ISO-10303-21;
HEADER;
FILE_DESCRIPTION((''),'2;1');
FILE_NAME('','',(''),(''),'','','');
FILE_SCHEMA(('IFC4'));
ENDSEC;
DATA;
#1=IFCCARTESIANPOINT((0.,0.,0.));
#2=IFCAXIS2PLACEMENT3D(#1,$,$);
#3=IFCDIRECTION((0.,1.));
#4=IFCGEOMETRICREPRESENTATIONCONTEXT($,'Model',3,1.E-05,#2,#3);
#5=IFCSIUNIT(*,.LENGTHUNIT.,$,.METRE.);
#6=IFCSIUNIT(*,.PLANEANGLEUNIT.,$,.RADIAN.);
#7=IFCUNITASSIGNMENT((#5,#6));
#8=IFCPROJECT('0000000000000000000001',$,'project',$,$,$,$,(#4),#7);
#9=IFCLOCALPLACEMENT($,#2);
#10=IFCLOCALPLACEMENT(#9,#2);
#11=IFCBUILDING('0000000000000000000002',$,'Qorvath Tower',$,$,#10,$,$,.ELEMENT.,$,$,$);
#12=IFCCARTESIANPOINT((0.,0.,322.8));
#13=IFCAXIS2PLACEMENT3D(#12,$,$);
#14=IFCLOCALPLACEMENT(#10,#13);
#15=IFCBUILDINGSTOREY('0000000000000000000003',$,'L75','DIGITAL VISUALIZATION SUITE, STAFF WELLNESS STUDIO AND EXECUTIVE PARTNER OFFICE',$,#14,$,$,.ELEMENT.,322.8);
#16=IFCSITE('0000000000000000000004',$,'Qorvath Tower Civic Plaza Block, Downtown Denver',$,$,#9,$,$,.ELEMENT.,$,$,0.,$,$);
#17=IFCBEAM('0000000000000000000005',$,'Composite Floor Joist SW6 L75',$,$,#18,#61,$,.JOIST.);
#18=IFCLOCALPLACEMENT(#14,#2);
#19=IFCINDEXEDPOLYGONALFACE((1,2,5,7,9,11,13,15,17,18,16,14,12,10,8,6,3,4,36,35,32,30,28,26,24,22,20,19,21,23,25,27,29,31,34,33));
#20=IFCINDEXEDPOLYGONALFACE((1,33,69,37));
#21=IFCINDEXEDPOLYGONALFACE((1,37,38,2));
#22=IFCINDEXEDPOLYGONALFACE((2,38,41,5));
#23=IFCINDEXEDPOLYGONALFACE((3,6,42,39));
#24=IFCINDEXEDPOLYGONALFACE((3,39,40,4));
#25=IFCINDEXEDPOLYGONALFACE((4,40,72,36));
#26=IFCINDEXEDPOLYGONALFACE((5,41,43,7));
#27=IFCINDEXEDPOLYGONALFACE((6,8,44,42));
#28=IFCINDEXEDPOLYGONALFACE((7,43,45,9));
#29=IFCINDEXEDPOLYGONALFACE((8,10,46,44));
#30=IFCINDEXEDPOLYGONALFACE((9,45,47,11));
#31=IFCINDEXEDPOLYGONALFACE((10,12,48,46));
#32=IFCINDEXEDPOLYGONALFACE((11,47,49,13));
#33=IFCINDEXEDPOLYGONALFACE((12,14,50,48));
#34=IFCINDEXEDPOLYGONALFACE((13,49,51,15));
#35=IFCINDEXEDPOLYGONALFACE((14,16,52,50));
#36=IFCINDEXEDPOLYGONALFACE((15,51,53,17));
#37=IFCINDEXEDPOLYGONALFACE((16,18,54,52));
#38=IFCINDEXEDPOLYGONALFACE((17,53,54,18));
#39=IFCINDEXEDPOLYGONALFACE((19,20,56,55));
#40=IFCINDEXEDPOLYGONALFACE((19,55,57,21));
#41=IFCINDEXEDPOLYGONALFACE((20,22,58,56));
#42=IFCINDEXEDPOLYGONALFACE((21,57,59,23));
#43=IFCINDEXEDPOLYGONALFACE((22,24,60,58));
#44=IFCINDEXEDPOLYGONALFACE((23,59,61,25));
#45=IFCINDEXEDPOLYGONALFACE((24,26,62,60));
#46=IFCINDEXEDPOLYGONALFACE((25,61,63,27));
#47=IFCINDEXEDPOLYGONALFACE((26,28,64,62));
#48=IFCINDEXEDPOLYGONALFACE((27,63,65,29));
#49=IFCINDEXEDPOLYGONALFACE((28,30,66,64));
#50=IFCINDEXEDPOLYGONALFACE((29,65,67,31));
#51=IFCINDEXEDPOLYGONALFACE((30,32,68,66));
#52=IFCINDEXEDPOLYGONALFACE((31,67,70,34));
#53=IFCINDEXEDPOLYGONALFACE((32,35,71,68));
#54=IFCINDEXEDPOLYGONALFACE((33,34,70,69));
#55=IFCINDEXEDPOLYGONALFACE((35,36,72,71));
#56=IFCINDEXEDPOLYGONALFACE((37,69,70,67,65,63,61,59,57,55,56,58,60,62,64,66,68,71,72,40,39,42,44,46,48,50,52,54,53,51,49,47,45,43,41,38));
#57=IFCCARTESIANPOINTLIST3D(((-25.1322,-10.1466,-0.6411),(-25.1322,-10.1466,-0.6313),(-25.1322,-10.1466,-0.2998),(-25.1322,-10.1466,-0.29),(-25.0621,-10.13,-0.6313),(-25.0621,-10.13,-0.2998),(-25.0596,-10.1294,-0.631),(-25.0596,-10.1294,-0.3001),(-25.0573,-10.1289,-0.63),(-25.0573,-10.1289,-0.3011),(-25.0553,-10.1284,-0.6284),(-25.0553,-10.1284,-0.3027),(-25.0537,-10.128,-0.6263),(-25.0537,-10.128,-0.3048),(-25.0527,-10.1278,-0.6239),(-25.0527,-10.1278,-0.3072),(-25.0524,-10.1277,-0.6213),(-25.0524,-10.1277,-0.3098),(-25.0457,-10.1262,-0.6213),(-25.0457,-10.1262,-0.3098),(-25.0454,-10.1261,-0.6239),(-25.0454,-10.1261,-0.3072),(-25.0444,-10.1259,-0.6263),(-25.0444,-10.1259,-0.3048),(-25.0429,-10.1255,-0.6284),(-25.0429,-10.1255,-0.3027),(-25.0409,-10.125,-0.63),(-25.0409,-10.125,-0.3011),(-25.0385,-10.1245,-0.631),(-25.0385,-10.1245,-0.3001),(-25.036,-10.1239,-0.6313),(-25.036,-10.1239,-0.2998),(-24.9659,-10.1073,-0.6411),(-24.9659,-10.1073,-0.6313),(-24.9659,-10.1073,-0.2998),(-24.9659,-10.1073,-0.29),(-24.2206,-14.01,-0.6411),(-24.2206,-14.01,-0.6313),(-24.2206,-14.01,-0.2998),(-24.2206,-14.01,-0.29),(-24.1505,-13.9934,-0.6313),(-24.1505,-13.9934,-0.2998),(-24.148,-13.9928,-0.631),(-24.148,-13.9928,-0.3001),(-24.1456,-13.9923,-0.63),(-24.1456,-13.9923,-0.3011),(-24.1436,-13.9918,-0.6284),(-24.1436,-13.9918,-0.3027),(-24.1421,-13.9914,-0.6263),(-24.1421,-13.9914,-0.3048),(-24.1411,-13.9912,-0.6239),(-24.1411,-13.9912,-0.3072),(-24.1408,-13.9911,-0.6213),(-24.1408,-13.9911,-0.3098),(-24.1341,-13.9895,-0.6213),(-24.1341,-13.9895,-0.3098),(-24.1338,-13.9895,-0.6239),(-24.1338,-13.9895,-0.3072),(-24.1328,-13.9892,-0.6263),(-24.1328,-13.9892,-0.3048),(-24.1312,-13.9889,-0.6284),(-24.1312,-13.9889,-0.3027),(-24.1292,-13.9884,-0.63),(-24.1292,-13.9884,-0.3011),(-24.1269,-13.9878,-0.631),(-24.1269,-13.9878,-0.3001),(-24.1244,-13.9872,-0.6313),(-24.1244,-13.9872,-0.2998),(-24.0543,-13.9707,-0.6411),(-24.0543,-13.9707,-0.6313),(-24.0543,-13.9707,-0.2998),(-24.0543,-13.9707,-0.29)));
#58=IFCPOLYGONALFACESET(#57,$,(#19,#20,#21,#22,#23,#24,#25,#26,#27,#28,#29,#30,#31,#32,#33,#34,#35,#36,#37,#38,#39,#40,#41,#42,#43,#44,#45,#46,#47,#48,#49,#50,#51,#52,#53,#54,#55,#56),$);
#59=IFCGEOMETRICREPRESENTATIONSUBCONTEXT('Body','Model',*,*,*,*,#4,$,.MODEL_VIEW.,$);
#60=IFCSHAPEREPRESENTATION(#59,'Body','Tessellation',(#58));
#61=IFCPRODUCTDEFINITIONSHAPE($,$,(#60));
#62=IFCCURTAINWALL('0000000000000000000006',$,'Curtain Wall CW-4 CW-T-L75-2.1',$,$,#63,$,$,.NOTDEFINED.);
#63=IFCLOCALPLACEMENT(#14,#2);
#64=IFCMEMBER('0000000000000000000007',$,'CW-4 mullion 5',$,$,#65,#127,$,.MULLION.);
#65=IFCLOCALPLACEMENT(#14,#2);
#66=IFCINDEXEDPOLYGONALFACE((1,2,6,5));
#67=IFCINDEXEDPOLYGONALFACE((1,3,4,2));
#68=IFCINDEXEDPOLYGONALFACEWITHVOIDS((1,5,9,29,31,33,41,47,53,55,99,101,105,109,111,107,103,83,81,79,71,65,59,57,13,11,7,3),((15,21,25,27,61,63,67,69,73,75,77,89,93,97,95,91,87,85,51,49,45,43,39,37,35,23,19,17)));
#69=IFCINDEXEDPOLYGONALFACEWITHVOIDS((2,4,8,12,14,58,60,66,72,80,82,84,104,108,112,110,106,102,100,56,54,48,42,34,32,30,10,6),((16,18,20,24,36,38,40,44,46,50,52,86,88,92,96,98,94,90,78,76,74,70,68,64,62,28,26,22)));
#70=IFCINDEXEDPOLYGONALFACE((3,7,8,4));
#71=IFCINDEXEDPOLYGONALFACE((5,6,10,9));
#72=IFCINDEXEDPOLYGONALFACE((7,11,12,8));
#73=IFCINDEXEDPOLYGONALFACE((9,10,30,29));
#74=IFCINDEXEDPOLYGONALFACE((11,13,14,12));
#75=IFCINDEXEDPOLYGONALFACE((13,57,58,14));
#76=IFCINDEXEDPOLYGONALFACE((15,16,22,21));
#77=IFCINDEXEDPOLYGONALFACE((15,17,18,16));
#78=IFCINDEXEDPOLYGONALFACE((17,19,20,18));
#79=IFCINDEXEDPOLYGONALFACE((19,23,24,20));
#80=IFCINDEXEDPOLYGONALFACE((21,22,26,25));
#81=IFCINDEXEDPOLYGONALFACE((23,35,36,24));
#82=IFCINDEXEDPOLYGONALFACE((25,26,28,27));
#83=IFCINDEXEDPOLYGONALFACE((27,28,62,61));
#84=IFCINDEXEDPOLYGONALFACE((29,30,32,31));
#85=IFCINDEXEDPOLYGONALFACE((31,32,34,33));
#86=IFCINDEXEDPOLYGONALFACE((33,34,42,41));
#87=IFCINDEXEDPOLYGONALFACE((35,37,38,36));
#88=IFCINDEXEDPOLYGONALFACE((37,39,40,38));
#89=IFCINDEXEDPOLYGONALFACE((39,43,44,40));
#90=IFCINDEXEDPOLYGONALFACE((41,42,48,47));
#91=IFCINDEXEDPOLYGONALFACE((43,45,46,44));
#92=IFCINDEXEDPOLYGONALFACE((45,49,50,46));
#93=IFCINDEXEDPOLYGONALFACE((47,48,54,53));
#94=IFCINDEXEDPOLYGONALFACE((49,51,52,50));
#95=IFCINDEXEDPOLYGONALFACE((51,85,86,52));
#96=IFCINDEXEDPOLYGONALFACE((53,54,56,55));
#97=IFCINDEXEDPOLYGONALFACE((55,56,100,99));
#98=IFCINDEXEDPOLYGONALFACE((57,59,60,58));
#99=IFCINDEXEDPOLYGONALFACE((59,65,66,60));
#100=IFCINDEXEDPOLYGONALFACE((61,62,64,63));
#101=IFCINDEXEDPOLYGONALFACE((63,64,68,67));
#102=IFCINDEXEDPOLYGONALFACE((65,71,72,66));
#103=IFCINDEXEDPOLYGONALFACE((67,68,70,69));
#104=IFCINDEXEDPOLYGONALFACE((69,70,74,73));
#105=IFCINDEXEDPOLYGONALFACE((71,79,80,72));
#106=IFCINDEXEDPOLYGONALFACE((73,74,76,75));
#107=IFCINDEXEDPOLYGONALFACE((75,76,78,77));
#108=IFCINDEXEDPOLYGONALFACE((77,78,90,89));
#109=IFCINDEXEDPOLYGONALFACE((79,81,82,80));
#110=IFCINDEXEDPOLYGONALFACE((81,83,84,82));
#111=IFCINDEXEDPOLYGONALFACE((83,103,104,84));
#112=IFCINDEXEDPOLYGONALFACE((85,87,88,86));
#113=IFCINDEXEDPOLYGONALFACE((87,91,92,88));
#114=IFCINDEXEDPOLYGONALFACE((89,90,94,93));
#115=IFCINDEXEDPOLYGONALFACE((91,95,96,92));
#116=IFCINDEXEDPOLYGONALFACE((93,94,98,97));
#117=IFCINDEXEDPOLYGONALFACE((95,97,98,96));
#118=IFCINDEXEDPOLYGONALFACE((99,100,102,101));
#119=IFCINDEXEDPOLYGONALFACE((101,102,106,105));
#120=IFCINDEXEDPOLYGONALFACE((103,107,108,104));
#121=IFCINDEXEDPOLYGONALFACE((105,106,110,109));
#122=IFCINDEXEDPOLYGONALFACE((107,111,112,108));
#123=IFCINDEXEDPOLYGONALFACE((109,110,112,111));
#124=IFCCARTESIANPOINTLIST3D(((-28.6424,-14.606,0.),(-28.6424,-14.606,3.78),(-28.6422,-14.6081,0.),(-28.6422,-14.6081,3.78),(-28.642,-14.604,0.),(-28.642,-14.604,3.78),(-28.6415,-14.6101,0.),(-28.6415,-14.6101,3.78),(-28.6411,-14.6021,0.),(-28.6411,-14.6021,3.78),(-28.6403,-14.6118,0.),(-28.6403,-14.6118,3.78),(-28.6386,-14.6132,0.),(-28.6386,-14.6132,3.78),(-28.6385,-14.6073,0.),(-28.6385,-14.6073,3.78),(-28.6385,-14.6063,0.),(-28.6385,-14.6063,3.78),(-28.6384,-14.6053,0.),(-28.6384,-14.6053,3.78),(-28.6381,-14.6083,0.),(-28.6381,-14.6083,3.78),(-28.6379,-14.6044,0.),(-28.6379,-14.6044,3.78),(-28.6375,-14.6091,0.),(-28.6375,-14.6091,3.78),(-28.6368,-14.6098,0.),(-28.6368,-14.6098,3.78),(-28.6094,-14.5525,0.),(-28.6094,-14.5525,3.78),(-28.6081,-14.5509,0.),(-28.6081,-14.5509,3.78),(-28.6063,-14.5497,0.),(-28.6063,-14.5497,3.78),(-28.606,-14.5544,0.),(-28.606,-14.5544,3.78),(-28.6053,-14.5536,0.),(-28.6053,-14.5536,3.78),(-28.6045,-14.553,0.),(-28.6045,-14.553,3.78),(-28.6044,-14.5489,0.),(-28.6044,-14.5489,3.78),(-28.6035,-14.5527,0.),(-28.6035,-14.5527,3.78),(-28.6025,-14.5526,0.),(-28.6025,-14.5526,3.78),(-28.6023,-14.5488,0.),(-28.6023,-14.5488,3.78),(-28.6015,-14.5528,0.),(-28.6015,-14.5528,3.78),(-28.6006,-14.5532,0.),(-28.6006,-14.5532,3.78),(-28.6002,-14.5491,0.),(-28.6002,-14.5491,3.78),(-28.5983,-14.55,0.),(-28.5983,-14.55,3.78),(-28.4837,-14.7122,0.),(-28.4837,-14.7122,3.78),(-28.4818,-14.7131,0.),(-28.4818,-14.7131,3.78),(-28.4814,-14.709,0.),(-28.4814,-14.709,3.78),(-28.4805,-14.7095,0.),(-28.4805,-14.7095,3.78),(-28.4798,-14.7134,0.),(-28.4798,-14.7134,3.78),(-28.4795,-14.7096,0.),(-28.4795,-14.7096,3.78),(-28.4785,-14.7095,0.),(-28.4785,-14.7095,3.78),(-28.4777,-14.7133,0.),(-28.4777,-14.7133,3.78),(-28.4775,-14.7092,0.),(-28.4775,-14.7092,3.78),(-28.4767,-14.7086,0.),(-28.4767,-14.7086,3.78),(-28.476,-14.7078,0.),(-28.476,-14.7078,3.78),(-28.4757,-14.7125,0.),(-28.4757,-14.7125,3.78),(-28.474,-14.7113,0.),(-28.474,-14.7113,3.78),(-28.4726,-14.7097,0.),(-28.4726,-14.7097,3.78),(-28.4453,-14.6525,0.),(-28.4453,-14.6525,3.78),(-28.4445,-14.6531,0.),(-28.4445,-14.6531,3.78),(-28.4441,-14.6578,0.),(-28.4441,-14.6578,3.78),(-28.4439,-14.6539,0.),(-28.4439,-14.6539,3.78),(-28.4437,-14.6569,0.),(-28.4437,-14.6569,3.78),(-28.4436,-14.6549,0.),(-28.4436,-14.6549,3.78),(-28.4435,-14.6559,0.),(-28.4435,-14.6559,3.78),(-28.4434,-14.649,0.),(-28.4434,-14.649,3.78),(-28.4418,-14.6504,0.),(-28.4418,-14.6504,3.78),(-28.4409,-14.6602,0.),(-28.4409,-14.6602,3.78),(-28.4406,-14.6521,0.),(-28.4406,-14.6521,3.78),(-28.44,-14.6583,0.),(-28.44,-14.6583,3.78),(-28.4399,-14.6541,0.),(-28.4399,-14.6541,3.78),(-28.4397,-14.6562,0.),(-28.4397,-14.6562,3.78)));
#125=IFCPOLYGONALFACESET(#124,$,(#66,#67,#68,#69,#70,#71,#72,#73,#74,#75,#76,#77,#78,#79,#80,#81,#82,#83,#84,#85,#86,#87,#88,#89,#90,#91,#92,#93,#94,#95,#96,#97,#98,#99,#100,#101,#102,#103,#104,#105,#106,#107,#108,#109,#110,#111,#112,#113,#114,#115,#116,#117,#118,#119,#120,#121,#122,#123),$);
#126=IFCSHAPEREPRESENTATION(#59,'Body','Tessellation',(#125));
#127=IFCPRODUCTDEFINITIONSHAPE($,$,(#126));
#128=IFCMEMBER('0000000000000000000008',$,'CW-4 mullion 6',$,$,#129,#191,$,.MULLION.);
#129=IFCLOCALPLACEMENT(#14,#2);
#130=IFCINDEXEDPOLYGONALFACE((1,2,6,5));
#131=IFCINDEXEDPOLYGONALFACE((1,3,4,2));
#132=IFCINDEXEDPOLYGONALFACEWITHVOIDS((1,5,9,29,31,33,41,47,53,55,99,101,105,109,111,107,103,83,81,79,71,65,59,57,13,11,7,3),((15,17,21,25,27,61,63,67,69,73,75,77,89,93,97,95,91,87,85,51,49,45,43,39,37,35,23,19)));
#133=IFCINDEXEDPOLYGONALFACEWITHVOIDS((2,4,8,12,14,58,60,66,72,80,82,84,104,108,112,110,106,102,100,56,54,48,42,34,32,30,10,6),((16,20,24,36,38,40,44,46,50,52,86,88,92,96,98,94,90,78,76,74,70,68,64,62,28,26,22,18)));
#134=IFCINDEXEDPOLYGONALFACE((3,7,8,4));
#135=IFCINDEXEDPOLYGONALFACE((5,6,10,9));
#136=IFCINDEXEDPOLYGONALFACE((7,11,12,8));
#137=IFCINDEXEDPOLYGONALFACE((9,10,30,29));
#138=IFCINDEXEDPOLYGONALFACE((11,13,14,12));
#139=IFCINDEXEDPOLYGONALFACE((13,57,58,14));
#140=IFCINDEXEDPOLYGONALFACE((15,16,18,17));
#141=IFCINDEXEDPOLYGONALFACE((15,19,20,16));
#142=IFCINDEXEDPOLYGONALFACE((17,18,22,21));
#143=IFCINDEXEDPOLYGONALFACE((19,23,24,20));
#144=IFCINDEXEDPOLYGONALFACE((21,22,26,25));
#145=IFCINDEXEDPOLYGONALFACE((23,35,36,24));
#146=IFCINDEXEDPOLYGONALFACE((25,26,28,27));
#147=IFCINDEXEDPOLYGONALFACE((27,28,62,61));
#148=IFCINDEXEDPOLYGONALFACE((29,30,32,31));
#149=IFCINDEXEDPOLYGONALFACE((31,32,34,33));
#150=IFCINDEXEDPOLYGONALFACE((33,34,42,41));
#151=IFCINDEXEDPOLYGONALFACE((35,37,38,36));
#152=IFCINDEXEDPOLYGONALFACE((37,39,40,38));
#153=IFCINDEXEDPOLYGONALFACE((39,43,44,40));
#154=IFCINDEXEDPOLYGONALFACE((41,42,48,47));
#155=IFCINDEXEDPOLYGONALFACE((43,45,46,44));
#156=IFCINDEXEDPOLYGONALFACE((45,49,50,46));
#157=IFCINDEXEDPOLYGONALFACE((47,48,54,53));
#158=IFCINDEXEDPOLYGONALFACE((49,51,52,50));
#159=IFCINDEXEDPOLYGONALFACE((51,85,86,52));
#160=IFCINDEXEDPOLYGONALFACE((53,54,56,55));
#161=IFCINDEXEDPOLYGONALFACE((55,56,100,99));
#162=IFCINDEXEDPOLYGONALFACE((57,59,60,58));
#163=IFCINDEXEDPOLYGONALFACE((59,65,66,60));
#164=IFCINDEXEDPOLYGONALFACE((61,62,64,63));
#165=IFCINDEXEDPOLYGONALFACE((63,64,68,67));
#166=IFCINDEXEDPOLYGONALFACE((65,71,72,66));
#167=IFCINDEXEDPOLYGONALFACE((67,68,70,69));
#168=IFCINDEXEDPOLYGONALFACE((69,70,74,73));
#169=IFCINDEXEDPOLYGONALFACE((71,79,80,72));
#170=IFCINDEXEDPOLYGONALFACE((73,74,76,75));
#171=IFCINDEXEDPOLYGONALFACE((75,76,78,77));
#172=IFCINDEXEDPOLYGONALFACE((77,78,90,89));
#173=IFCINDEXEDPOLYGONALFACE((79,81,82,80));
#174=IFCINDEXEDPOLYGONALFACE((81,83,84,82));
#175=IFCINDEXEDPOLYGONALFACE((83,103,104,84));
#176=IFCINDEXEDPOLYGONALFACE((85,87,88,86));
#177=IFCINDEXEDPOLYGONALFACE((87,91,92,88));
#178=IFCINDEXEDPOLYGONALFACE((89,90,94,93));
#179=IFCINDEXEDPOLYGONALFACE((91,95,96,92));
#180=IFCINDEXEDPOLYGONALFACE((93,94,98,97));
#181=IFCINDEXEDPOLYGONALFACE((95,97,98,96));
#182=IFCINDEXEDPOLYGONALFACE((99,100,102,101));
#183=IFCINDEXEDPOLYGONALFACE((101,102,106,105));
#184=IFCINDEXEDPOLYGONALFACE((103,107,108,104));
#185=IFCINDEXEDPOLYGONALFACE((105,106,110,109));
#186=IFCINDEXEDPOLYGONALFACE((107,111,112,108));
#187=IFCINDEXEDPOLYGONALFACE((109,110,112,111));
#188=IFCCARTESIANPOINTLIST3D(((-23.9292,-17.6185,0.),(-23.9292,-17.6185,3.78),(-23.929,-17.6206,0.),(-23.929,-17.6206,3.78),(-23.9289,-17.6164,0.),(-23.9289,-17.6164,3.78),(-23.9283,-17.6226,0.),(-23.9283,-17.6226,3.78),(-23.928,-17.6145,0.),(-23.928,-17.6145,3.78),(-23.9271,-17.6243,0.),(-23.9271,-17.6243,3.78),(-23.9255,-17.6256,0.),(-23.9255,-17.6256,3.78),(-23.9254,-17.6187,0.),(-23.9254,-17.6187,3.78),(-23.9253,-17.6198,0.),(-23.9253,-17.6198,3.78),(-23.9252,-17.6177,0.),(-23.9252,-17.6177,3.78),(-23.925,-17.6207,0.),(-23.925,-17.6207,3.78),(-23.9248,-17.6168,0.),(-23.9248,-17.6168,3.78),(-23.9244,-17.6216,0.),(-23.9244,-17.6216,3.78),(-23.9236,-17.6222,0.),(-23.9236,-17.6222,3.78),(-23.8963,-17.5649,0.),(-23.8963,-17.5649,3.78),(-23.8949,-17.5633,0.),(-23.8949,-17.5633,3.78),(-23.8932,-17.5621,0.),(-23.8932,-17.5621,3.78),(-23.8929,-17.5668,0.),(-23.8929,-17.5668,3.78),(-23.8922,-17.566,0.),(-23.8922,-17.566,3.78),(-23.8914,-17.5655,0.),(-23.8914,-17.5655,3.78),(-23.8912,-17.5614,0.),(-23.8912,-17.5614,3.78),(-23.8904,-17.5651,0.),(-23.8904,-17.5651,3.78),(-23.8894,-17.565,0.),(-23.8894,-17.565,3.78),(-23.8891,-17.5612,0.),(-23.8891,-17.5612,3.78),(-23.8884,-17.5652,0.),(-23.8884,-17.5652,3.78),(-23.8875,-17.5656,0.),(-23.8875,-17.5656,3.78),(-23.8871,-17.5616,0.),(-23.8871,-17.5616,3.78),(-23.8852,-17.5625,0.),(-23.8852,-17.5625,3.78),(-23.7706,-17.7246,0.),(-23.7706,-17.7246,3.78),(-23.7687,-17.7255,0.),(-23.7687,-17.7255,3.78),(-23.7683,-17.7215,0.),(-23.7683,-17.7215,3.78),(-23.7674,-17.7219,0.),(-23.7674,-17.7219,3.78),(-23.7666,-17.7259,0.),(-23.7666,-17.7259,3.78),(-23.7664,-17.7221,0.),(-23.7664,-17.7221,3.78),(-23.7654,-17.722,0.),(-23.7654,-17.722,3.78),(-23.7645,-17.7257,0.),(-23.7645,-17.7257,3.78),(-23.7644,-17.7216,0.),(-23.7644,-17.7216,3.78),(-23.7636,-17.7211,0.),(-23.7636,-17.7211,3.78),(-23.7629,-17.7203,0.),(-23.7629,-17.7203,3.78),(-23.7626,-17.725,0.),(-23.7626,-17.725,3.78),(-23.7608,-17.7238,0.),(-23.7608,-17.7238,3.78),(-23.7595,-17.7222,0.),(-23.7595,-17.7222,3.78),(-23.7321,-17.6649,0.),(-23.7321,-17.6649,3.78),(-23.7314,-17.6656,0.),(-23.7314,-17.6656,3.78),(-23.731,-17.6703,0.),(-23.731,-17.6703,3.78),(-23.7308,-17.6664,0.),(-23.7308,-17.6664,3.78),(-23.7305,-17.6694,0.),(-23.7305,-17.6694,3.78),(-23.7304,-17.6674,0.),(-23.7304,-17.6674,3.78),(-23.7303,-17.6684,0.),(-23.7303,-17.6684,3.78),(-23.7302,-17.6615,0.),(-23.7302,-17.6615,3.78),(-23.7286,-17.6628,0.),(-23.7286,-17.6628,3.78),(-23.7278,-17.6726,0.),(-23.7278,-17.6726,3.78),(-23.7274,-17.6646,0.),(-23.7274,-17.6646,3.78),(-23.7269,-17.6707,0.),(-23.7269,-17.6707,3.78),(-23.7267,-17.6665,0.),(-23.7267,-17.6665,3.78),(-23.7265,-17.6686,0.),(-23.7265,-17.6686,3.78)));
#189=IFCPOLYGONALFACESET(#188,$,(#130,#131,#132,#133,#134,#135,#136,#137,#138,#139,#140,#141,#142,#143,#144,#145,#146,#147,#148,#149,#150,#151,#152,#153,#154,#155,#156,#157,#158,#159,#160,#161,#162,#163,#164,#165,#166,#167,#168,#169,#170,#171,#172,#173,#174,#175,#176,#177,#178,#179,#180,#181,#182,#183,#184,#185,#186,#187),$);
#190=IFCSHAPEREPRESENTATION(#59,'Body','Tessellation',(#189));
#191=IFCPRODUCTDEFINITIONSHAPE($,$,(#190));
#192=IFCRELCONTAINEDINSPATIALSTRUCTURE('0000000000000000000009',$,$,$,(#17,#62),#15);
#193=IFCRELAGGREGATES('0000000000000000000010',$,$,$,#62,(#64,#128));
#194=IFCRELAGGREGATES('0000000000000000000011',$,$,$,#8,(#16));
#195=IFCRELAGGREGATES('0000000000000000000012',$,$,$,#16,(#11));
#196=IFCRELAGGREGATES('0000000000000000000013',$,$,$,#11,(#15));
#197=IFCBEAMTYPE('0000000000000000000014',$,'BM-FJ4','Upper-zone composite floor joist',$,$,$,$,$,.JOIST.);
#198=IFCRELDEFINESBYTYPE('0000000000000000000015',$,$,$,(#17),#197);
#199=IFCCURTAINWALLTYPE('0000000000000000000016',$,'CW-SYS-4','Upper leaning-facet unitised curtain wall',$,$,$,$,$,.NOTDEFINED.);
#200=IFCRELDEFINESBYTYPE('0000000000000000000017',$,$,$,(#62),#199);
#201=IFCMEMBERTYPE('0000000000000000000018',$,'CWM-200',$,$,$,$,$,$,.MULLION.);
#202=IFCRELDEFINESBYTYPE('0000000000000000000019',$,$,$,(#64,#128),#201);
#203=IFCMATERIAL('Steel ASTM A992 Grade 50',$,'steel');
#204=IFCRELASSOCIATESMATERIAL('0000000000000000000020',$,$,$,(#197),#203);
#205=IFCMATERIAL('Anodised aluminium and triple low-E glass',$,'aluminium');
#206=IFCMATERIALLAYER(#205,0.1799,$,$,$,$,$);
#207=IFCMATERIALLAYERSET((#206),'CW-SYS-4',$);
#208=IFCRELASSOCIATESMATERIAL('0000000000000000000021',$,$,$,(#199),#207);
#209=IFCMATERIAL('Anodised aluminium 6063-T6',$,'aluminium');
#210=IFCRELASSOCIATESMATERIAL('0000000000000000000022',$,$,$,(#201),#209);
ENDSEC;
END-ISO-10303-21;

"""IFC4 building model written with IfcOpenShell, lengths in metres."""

from ifc_helpers import new_model, si_unit, direction, frame, origin, origin_2d, place, context, subcontext, project, spatial, hollow_rectangle, i_section, extrude, material, layer, layer_set, material_profile, profile_set, type_object, element, aggregate, save


model = new_model("IFC4")

# Units and contexts
model_context = context("Model", 3, precision=1e-05, world=origin(), true_north=direction((0.0, 1.0)))
body_context = subcontext(model_context, "Body", "Model", "MODEL_VIEW")
ifc_project = project(units=[si_unit("LENGTHUNIT", "METRE"), si_unit("PLANEANGLEUNIT", "RADIAN")], contexts=[model_context])

# Site, building, storey
site_placement = place(None, origin())
site = spatial("IfcSite", under=ifc_project, at=site_placement, Name="Qorvath Tower Civic Plaza Block, Downtown Denver", CompositionType="ELEMENT", RefElevation=0.0)
building_placement = place(site_placement, origin())
building = spatial("IfcBuilding", under=site, at=building_placement, Name="Qorvath Tower", CompositionType="ELEMENT")
storey_placement = place(building_placement, frame((0.0, 0.0, 322.8)))
storey = spatial("IfcBuildingStorey", under=building, at=storey_placement, Name="L75", Description="DIGITAL VISUALIZATION SUITE, STAFF WELLNESS STUDIO AND EXECUTIVE PARTNER OFFICE", CompositionType="ELEMENT", Elevation=322.8)

# Beam
ifc_material_1 = material(Name="Steel ASTM A992 Grade 50", Category="steel")
ifc_material_profile_1 = material_profile(ifc_material_1, i_section(OverallWidth=0.1709, OverallDepth=0.3511, WebThickness=0.0068, FlangeThickness=0.0098, FilletRadius=0.01, at=origin_2d()), Name="W14x30")
ifc_profile_set_1 = profile_set([ifc_material_profile_1], Name="Steel ASTM A992 Grade 50")
beam_type_1 = type_object("IfcBeamType", Name="BM-FJ4", Description="Upper-zone composite floor joist", PredefinedType="JOIST", material=ifc_profile_set_1)
beam_1_placement = place(storey_placement, frame((-25.0491, -10.127, -0.4656), z_axis=(0.229663, -0.97327, 0.0), x_axis=(0.97327, 0.229663, 0.0)))
element("IfcBeam", 1, at=beam_1_placement, inside=storey, type_object=beam_type_1, Name="Composite Floor Joist SW6 L75", PredefinedType="JOIST", context=body_context, shape_type="SweptSolid", body=[
    extrude(i_section(OverallWidth=0.1709, OverallDepth=0.3511, WebThickness=0.0068, FlangeThickness=0.0098, FilletRadius=0.01, at=origin_2d()), origin(), (0.0, 0.0, 1.0), 3.9695),
])

# Curtain wall, members
ifc_material_2 = material(Name="Anodised aluminium and triple low-E glass", Category="aluminium")
ifc_layer_1 = layer(ifc_material_2, 0.1799)
ifc_layer_set_1 = layer_set([ifc_layer_1], Name="CW-SYS-4")
curtain_wall_type = type_object("IfcCurtainWallType", Name="CW-SYS-4", Description="Upper leaning-facet unitised curtain wall", PredefinedType="NOTDEFINED", material=ifc_layer_set_1)
curtain_wall_placement = place(storey_placement, origin())
curtain_wall = element("IfcCurtainWall", 2, at=curtain_wall_placement, inside=storey, type_object=curtain_wall_type, Name="Curtain Wall CW-4 CW-T-L75-2.1", PredefinedType="NOTDEFINED")
ifc_material_3 = material(Name="Anodised aluminium 6063-T6", Category="aluminium")
ifc_material_profile_2 = material_profile(ifc_material_3, hollow_rectangle(XDim=0.075, YDim=0.2, WallThickness=0.0039, InnerFilletRadius=0.0039, OuterFilletRadius=0.0081, at=origin_2d()), Name="CWM 200x75")
ifc_profile_set_2 = profile_set([ifc_material_profile_2], Name="Anodised aluminium 6063-T6")
member_type_1 = type_object("IfcMemberType", Name="CWM-200", PredefinedType="MULLION", material=ifc_profile_set_2)
member_1_placement = place(storey_placement, frame((-28.541, -14.6311, 0.0), z_axis=(0.0, 0.0, 1.0), x_axis=(0.538536, 0.842603, 0.0)))
member_1 = element("IfcMember", 3, at=member_1_placement, type_object=member_type_1, Name="CW-4 mullion 5", PredefinedType="MULLION", context=body_context, shape_type="SweptSolid", body=[
    extrude(hollow_rectangle(XDim=0.075, YDim=0.2, WallThickness=0.0039, InnerFilletRadius=0.0039, OuterFilletRadius=0.0081, at=origin_2d()), origin(), (0.0, 0.0, 1.0), 3.78),
])
member_2_placement = place(storey_placement, frame((-23.8279, -17.6436, 0.0), z_axis=(0.0, 0.0, 1.0), x_axis=(0.538536, 0.842603, 0.0)))
member_2 = element("IfcMember", 4, at=member_2_placement, type_object=member_type_1, Name="CW-4 mullion 6", PredefinedType="MULLION", context=body_context, shape_type="SweptSolid", body=[
    extrude(hollow_rectangle(XDim=0.075, YDim=0.2, WallThickness=0.0039, InnerFilletRadius=0.0039, OuterFilletRadius=0.0081, at=origin_2d()), origin(), (0.0, 0.0, 1.0), 3.78),
])
aggregate(curtain_wall, [member_1, member_2])

save(model, "model.ifc")
